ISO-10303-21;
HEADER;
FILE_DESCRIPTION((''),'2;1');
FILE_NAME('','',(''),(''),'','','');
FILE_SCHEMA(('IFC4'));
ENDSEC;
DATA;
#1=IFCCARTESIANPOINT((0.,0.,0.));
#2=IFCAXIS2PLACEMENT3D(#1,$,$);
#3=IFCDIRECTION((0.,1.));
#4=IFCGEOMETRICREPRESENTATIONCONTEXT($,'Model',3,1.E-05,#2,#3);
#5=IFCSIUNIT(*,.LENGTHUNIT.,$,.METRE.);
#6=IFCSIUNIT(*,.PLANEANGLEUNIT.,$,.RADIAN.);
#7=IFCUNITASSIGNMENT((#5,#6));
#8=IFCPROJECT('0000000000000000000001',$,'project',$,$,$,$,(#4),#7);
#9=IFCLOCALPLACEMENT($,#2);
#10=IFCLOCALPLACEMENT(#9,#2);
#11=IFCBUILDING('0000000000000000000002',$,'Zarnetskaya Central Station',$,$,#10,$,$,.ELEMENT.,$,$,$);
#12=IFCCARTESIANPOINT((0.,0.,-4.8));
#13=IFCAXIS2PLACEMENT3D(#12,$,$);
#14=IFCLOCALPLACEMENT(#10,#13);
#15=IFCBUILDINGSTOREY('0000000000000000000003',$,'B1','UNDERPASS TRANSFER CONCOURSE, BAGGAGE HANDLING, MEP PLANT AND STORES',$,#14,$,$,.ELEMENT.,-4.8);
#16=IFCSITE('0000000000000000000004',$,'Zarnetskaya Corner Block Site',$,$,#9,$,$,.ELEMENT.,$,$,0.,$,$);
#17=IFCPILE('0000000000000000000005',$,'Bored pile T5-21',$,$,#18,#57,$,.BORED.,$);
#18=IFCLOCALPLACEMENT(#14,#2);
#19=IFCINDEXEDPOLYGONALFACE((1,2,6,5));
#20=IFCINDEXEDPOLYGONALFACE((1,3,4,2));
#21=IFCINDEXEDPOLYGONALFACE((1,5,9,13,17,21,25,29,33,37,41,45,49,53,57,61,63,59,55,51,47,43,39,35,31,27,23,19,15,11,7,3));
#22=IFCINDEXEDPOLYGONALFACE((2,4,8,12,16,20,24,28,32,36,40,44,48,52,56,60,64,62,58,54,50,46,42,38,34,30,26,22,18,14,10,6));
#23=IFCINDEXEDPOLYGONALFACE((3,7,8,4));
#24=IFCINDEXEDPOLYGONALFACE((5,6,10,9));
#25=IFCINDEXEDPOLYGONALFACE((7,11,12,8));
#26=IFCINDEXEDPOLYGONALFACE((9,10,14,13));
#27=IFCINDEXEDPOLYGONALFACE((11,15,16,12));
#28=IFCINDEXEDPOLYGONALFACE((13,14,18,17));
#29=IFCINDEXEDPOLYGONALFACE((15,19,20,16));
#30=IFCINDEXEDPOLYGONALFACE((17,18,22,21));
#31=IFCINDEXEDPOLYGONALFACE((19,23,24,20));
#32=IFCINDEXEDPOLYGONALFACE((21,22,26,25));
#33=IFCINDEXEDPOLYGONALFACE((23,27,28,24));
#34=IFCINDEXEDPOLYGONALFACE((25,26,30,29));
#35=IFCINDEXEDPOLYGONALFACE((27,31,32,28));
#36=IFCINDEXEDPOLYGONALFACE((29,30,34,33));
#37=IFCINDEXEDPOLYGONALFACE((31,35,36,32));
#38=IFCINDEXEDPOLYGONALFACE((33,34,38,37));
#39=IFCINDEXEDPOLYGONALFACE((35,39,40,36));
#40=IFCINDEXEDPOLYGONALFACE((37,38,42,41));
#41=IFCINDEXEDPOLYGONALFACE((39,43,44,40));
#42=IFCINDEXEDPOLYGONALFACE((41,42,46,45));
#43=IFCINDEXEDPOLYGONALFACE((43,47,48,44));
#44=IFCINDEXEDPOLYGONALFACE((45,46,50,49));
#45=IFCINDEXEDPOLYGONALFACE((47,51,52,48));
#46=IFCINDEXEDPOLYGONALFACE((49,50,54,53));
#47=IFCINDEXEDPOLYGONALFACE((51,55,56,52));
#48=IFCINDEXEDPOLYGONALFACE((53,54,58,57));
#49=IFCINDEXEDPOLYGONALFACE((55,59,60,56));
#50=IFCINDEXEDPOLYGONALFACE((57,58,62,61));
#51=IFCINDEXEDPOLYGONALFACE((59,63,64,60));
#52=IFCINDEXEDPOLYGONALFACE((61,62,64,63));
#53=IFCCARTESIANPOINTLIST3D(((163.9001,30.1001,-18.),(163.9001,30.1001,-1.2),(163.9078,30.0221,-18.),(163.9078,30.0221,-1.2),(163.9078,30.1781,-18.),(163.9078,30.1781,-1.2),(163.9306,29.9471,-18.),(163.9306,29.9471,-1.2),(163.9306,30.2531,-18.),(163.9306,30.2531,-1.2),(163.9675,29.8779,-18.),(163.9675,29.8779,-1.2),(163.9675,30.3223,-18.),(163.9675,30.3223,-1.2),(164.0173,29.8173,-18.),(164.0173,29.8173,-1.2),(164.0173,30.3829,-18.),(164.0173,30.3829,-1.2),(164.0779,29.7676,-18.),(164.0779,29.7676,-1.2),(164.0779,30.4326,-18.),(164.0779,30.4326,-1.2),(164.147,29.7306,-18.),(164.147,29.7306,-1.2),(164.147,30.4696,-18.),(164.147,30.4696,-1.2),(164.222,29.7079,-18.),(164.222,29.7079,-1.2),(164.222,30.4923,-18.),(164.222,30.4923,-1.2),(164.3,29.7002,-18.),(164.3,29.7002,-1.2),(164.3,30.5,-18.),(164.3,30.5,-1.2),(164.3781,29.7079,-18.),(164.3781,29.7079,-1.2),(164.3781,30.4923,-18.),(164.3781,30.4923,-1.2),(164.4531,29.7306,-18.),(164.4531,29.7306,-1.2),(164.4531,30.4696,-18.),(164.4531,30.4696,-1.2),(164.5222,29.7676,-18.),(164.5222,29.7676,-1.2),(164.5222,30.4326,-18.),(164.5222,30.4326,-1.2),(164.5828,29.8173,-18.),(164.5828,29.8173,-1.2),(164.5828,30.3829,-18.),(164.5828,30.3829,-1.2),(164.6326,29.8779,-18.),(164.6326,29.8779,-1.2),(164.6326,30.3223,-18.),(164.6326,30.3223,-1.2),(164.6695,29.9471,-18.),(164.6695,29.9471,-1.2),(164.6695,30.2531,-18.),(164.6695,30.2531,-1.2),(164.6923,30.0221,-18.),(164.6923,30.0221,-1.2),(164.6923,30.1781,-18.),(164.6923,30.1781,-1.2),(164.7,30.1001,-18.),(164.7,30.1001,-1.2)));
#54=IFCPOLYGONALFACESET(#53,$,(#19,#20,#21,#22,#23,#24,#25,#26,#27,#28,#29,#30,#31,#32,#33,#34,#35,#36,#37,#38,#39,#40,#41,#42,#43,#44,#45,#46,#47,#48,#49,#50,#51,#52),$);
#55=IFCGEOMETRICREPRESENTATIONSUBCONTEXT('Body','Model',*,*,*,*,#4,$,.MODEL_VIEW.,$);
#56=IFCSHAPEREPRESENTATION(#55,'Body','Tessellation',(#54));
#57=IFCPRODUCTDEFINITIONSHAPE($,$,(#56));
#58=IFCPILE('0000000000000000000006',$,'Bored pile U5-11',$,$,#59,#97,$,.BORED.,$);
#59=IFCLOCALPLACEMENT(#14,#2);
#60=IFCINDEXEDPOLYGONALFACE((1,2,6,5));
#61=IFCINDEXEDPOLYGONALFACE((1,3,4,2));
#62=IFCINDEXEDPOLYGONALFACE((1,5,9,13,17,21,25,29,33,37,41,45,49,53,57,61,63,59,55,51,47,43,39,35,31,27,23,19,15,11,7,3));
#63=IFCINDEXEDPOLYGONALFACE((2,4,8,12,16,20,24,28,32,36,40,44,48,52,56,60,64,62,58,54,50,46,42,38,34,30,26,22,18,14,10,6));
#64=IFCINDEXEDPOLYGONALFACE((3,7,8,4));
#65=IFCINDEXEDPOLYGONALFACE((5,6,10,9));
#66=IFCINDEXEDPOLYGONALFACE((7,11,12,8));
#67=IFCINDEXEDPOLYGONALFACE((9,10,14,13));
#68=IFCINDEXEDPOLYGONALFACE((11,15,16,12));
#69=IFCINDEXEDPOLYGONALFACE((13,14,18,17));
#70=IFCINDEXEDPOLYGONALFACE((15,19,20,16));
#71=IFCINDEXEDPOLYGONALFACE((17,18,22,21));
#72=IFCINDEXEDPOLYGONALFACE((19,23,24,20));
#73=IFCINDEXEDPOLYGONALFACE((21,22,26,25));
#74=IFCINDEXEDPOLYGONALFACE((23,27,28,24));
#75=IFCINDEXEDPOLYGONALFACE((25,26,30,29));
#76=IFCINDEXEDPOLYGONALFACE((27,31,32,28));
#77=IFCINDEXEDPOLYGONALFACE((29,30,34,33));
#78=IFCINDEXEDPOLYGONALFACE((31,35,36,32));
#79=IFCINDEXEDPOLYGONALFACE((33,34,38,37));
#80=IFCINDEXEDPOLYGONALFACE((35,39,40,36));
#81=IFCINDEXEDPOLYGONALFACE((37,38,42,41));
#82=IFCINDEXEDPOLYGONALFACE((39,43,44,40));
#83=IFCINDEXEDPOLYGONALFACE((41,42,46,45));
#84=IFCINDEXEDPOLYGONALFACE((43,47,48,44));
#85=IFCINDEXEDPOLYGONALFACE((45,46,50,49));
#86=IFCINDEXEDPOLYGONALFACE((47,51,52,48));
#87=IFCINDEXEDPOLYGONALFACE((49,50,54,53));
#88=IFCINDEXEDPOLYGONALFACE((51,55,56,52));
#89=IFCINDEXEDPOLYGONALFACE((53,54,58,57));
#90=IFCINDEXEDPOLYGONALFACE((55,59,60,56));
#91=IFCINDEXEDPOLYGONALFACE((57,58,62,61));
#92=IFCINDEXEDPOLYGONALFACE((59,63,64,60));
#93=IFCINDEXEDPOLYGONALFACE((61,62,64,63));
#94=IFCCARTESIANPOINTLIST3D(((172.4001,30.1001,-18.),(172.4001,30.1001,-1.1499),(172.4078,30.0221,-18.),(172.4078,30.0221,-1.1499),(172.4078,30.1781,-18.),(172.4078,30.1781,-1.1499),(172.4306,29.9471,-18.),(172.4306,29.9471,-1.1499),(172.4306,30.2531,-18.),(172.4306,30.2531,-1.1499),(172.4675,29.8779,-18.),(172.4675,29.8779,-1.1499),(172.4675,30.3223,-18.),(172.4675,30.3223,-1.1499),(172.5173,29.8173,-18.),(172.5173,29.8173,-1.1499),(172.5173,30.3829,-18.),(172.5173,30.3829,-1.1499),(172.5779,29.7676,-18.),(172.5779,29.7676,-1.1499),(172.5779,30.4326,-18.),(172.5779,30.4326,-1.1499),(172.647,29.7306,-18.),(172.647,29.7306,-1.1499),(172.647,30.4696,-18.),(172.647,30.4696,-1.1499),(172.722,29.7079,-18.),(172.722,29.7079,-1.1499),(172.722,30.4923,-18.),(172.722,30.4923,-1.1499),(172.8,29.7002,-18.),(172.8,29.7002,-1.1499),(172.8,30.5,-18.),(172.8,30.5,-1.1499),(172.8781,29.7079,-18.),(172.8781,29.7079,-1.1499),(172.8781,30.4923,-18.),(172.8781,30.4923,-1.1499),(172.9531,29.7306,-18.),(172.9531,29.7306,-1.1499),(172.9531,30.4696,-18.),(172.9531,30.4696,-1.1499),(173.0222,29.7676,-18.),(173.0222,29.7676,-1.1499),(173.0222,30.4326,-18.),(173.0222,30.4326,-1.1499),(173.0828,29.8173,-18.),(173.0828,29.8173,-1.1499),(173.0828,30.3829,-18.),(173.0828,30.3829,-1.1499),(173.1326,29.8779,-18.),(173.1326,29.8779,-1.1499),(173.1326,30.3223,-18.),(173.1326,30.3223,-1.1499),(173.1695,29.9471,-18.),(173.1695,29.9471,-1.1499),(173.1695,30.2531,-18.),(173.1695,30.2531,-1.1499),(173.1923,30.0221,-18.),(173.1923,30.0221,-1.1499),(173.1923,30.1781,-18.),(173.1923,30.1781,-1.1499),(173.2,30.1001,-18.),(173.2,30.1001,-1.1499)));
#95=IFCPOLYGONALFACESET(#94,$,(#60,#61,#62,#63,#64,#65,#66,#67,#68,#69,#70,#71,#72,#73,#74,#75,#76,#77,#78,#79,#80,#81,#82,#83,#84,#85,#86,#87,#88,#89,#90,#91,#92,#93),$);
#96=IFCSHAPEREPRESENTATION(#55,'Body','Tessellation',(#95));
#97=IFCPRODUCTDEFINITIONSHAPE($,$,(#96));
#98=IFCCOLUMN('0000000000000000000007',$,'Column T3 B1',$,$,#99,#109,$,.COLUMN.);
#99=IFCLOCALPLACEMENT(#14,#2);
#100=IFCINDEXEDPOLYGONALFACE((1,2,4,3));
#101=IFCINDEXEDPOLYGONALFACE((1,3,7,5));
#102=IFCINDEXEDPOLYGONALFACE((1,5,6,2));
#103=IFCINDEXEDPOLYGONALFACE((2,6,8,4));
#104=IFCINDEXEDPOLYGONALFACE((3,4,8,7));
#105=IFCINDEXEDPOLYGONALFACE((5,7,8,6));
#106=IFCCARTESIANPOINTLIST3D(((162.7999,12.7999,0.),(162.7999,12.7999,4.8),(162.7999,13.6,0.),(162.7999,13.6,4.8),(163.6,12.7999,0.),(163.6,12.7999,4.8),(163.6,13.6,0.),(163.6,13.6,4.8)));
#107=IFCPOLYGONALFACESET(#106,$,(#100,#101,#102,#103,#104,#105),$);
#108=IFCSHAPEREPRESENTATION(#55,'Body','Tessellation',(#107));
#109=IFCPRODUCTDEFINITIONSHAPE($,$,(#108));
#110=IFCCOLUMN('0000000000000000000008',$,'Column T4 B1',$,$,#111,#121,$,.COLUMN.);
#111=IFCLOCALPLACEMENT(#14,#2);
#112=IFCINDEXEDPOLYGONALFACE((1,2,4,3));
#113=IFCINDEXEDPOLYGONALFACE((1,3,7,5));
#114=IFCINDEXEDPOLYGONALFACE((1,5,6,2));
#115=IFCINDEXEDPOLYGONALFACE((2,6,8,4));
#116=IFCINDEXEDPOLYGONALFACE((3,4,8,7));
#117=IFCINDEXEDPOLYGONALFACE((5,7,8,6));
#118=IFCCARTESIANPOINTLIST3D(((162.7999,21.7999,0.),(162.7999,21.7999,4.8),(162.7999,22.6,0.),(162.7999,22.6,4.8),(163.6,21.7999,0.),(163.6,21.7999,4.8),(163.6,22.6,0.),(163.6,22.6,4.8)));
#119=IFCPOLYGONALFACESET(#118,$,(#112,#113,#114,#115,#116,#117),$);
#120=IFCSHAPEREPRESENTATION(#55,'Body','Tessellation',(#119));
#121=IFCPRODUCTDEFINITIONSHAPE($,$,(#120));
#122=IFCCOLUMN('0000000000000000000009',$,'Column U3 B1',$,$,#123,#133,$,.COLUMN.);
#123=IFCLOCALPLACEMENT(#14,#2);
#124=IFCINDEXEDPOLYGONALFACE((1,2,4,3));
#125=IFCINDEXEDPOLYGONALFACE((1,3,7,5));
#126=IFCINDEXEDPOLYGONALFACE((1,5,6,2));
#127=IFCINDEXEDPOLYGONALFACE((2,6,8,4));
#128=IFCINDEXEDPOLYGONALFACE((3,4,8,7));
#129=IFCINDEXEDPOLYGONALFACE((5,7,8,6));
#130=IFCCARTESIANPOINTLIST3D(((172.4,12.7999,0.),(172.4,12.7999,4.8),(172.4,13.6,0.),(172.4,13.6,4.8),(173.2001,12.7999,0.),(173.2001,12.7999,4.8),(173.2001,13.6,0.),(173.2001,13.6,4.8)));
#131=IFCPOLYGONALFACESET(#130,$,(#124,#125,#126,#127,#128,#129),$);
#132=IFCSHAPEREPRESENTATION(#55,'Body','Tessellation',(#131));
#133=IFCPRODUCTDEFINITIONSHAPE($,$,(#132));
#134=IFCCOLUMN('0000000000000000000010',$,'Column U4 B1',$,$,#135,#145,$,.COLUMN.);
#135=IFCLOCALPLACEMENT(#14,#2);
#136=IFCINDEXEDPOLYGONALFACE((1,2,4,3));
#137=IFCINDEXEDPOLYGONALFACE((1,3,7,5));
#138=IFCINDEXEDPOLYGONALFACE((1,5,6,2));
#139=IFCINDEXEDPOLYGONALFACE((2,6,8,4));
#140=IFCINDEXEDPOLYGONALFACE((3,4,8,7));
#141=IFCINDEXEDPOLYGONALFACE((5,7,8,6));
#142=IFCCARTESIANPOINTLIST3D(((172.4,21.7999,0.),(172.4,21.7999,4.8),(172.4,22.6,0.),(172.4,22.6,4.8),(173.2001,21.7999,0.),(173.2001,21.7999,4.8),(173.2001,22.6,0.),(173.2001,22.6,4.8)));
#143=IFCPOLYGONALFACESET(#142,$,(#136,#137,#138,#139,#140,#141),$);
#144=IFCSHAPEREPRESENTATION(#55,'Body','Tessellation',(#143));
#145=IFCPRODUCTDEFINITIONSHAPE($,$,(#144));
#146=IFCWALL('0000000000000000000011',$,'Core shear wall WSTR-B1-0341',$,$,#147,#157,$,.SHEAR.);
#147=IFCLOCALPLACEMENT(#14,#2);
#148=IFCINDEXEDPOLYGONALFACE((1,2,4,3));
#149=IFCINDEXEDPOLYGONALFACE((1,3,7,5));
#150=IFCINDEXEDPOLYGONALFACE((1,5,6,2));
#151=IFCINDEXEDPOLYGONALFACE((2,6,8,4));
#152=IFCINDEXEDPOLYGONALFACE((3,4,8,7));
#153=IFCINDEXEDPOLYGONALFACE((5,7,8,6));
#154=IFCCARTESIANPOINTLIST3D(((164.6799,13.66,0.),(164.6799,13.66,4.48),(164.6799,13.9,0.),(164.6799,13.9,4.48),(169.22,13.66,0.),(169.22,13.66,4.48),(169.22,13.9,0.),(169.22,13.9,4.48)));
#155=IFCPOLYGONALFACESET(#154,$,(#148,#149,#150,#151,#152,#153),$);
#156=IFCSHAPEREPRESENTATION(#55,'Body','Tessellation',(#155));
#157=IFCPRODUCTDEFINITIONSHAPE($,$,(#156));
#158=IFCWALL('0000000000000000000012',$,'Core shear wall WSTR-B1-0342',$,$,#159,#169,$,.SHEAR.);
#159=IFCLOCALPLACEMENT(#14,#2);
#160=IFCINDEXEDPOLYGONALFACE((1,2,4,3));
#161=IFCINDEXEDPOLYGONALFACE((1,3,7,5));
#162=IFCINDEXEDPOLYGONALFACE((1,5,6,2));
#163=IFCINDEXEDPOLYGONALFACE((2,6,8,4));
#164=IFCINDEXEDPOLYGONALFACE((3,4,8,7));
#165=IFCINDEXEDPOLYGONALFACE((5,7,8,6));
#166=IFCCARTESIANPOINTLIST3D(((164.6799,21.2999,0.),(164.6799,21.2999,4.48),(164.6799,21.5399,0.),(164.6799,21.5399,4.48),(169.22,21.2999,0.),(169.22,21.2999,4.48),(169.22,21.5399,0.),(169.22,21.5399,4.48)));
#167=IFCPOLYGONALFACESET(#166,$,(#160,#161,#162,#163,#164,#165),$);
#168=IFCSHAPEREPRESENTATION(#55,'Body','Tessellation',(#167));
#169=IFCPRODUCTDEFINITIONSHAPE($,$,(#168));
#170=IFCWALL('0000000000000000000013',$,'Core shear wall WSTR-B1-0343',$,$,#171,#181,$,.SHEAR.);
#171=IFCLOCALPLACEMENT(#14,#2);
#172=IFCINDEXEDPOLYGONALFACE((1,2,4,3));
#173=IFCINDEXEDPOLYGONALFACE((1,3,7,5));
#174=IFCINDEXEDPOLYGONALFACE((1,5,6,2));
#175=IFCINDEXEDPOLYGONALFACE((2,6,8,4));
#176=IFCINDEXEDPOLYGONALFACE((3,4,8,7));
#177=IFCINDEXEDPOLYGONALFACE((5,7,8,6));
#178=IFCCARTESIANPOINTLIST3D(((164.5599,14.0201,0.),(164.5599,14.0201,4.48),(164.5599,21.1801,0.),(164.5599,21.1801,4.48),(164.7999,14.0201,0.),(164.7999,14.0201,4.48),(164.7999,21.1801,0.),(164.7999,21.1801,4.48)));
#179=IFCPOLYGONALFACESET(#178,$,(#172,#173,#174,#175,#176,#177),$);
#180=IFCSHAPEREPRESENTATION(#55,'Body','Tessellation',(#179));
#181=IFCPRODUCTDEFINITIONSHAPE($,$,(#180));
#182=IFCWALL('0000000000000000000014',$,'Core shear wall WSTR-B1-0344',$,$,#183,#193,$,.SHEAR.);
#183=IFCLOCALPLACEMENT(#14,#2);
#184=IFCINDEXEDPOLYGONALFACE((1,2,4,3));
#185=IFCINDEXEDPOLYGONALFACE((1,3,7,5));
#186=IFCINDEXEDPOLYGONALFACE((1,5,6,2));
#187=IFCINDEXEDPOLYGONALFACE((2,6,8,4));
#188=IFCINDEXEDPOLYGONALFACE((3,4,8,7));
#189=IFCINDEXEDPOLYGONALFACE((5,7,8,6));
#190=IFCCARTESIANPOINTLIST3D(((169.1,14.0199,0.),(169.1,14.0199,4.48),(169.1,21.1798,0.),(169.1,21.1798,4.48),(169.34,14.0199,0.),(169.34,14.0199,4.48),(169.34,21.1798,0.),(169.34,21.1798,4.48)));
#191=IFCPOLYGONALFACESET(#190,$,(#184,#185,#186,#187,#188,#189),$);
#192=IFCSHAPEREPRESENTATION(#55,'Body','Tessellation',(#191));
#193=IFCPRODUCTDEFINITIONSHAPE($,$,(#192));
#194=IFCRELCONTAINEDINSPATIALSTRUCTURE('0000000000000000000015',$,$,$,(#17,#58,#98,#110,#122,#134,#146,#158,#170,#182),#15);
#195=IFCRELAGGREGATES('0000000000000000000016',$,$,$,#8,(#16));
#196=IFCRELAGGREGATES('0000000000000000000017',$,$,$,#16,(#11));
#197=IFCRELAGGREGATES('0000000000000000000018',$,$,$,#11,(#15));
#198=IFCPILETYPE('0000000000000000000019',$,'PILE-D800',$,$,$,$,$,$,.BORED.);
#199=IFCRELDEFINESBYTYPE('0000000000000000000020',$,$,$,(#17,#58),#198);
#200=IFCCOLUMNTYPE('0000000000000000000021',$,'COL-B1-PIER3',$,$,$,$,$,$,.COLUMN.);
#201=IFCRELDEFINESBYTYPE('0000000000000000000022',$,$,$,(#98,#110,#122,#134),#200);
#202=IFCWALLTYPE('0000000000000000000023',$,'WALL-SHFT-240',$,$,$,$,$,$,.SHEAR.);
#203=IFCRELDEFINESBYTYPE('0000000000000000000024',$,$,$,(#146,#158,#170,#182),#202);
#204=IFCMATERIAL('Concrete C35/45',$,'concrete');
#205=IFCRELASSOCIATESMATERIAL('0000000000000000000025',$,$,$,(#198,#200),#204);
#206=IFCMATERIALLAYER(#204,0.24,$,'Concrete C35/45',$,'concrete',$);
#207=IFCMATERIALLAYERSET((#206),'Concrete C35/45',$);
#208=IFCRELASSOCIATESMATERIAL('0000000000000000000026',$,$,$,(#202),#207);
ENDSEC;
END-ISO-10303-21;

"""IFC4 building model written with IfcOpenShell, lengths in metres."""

from ifc_helpers import new_model, si_unit, direction, frame, frame_2d, origin, origin_2d, place, context, subcontext, project, spatial, rectangle, circle, extrude, material, layer, layer_set, material_profile, profile_set, type_object, element, save


model = new_model("IFC4")

# Units and contexts
model_context = context("Model", 3, precision=1e-05, world=origin(), true_north=direction((0.0, 1.0)))
body_context = subcontext(model_context, "Body", "Model", "MODEL_VIEW")
ifc_project = project(units=[si_unit("LENGTHUNIT", "METRE"), si_unit("PLANEANGLEUNIT", "RADIAN")], contexts=[model_context])

# Site, building, storey
site_placement = place(None, origin())
site = spatial("IfcSite", under=ifc_project, at=site_placement, Name="Zarnetskaya Corner Block Site", CompositionType="ELEMENT", RefElevation=0.0)
building_placement = place(site_placement, origin())
building = spatial("IfcBuilding", under=site, at=building_placement, Name="Zarnetskaya Central Station", CompositionType="ELEMENT")
storey_placement = place(building_placement, frame((0.0, 0.0, -4.8)))
storey = spatial("IfcBuildingStorey", under=building, at=storey_placement, Name="B1", Description="UNDERPASS TRANSFER CONCOURSE, BAGGAGE HANDLING, MEP PLANT AND STORES", CompositionType="ELEMENT", Elevation=-4.8)

# Shared definitions
ifc_material = material(Name="Concrete C35/45", Category="concrete")

# Piles
ifc_material_profile_1 = material_profile(ifc_material, circle(Radius=0.3999, at=origin_2d()), Name="BORED PILE D800")
ifc_profile_set_1 = profile_set([ifc_material_profile_1], Name="Concrete C35/45")
pile_type_1 = type_object("IfcPileType", Name="PILE-D800", PredefinedType="BORED", material=ifc_profile_set_1)
pile_1_placement = place(storey_placement, frame((164.3, 30.1001, -1.2), z_axis=(0.0, 0.0, -1.0), x_axis=(1.0, 0.0, 0.0)))
element("IfcPile", 1, at=pile_1_placement, inside=storey, type_object=pile_type_1, Name="Bored pile T5-21", PredefinedType="BORED", context=body_context, shape_type="SweptSolid", body=[
    extrude(circle(Radius=0.3999, at=origin_2d()), origin(), (0.0, 0.0, 1.0), 16.8),
])
pile_2_placement = place(storey_placement, frame((172.8, 30.1001, -1.1499), z_axis=(0.0, 0.0, -1.0), x_axis=(1.0, 0.0, 0.0)))
element("IfcPile", 2, at=pile_2_placement, inside=storey, type_object=pile_type_1, Name="Bored pile U5-11", PredefinedType="BORED", context=body_context, shape_type="SweptSolid", body=[
    extrude(circle(Radius=0.3999, at=origin_2d()), origin(), (0.0, 0.0, 1.0), 16.8501),
])

# Columns
ifc_material_profile_2 = material_profile(ifc_material, rectangle(XDim=0.8, YDim=0.8, at=origin_2d()), Name="RC 800x800")
ifc_profile_set_2 = profile_set([ifc_material_profile_2], Name="Concrete C35/45")
column_type = type_object("IfcColumnType", Name="COL-B1-PIER3", PredefinedType="COLUMN", material=ifc_profile_set_2)
for number, where, z_axis, x_axis, name in (
    (3, (163.2, 13.2, 0.0), (0.0, 0.0, 1.0), (1.0, 0.0, 0.0), "Column T3 B1"),
    (4, (163.2, 22.2, 0.0), (0.0, 0.0, 1.0), (1.0, 0.0, 0.0), "Column T4 B1"),
    (5, (172.8, 13.2, 0.0), (0.0, 0.0, 1.0), (1.0, 0.0, 0.0), "Column U3 B1"),
    (6, (172.8, 22.2, 0.0), (0.0, 0.0, 1.0), (1.0, 0.0, 0.0), "Column U4 B1"),
):
    element("IfcColumn", number, at=place(storey_placement, frame(where, z_axis=z_axis, x_axis=x_axis)), inside=storey, type_object=column_type, Name=name, PredefinedType="COLUMN", context=body_context, shape_type="SweptSolid", body=[
        extrude(rectangle(XDim=0.8, YDim=0.8, at=origin_2d()), origin(), (0.0, 0.0, 1.0), 4.8),
    ])

# Walls
ifc_layer = layer(ifc_material, 0.24, Name="Concrete C35/45", Category="concrete")
ifc_layer_set = layer_set([ifc_layer], Name="Concrete C35/45")
wall_type = type_object("IfcWallType", Name="WALL-SHFT-240", PredefinedType="SHEAR", material=ifc_layer_set)
for number, where, z_axis, x_axis, name in (
    (7, (169.22, 13.78, 0.0), (0.0, 0.0, 1.0), (-1.0, 0.0, 0.0), "Core shear wall WSTR-B1-0341"),
    (8, (164.6799, 21.4199, 0.0), (0.0, 0.0, 1.0), (1.0, 0.0, 0.0), "Core shear wall WSTR-B1-0342"),
):
    element("IfcWall", number, at=place(storey_placement, frame(where, z_axis=z_axis, x_axis=x_axis)), inside=storey, type_object=wall_type, Name=name, PredefinedType="SHEAR", context=body_context, shape_type="SweptSolid", body=[
        extrude(rectangle(XDim=4.54, YDim=0.24, at=frame_2d((2.27, 0.0))), origin(), (0.0, 0.0, 1.0), 4.48),
    ])
for number, where, z_axis, x_axis, name in (
    (9, (164.6799, 14.02, 0.0), (0.0, 0.0, 1.0), (0.0, 1.0, 0.0), "Core shear wall WSTR-B1-0343"),
    (10, (169.22, 21.1799, 0.0), (0.0, 0.0, 1.0), (0.0, -1.0, 0.0), "Core shear wall WSTR-B1-0344"),
):
    element("IfcWall", number, at=place(storey_placement, frame(where, z_axis=z_axis, x_axis=x_axis)), inside=storey, type_object=wall_type, Name=name, PredefinedType="SHEAR", context=body_context, shape_type="SweptSolid", body=[
        extrude(rectangle(XDim=7.1599, YDim=0.24, at=frame_2d((3.5801, 0.0))), origin(), (0.0, 0.0, 1.0), 4.48),
    ])

save(model, "model.ifc")
